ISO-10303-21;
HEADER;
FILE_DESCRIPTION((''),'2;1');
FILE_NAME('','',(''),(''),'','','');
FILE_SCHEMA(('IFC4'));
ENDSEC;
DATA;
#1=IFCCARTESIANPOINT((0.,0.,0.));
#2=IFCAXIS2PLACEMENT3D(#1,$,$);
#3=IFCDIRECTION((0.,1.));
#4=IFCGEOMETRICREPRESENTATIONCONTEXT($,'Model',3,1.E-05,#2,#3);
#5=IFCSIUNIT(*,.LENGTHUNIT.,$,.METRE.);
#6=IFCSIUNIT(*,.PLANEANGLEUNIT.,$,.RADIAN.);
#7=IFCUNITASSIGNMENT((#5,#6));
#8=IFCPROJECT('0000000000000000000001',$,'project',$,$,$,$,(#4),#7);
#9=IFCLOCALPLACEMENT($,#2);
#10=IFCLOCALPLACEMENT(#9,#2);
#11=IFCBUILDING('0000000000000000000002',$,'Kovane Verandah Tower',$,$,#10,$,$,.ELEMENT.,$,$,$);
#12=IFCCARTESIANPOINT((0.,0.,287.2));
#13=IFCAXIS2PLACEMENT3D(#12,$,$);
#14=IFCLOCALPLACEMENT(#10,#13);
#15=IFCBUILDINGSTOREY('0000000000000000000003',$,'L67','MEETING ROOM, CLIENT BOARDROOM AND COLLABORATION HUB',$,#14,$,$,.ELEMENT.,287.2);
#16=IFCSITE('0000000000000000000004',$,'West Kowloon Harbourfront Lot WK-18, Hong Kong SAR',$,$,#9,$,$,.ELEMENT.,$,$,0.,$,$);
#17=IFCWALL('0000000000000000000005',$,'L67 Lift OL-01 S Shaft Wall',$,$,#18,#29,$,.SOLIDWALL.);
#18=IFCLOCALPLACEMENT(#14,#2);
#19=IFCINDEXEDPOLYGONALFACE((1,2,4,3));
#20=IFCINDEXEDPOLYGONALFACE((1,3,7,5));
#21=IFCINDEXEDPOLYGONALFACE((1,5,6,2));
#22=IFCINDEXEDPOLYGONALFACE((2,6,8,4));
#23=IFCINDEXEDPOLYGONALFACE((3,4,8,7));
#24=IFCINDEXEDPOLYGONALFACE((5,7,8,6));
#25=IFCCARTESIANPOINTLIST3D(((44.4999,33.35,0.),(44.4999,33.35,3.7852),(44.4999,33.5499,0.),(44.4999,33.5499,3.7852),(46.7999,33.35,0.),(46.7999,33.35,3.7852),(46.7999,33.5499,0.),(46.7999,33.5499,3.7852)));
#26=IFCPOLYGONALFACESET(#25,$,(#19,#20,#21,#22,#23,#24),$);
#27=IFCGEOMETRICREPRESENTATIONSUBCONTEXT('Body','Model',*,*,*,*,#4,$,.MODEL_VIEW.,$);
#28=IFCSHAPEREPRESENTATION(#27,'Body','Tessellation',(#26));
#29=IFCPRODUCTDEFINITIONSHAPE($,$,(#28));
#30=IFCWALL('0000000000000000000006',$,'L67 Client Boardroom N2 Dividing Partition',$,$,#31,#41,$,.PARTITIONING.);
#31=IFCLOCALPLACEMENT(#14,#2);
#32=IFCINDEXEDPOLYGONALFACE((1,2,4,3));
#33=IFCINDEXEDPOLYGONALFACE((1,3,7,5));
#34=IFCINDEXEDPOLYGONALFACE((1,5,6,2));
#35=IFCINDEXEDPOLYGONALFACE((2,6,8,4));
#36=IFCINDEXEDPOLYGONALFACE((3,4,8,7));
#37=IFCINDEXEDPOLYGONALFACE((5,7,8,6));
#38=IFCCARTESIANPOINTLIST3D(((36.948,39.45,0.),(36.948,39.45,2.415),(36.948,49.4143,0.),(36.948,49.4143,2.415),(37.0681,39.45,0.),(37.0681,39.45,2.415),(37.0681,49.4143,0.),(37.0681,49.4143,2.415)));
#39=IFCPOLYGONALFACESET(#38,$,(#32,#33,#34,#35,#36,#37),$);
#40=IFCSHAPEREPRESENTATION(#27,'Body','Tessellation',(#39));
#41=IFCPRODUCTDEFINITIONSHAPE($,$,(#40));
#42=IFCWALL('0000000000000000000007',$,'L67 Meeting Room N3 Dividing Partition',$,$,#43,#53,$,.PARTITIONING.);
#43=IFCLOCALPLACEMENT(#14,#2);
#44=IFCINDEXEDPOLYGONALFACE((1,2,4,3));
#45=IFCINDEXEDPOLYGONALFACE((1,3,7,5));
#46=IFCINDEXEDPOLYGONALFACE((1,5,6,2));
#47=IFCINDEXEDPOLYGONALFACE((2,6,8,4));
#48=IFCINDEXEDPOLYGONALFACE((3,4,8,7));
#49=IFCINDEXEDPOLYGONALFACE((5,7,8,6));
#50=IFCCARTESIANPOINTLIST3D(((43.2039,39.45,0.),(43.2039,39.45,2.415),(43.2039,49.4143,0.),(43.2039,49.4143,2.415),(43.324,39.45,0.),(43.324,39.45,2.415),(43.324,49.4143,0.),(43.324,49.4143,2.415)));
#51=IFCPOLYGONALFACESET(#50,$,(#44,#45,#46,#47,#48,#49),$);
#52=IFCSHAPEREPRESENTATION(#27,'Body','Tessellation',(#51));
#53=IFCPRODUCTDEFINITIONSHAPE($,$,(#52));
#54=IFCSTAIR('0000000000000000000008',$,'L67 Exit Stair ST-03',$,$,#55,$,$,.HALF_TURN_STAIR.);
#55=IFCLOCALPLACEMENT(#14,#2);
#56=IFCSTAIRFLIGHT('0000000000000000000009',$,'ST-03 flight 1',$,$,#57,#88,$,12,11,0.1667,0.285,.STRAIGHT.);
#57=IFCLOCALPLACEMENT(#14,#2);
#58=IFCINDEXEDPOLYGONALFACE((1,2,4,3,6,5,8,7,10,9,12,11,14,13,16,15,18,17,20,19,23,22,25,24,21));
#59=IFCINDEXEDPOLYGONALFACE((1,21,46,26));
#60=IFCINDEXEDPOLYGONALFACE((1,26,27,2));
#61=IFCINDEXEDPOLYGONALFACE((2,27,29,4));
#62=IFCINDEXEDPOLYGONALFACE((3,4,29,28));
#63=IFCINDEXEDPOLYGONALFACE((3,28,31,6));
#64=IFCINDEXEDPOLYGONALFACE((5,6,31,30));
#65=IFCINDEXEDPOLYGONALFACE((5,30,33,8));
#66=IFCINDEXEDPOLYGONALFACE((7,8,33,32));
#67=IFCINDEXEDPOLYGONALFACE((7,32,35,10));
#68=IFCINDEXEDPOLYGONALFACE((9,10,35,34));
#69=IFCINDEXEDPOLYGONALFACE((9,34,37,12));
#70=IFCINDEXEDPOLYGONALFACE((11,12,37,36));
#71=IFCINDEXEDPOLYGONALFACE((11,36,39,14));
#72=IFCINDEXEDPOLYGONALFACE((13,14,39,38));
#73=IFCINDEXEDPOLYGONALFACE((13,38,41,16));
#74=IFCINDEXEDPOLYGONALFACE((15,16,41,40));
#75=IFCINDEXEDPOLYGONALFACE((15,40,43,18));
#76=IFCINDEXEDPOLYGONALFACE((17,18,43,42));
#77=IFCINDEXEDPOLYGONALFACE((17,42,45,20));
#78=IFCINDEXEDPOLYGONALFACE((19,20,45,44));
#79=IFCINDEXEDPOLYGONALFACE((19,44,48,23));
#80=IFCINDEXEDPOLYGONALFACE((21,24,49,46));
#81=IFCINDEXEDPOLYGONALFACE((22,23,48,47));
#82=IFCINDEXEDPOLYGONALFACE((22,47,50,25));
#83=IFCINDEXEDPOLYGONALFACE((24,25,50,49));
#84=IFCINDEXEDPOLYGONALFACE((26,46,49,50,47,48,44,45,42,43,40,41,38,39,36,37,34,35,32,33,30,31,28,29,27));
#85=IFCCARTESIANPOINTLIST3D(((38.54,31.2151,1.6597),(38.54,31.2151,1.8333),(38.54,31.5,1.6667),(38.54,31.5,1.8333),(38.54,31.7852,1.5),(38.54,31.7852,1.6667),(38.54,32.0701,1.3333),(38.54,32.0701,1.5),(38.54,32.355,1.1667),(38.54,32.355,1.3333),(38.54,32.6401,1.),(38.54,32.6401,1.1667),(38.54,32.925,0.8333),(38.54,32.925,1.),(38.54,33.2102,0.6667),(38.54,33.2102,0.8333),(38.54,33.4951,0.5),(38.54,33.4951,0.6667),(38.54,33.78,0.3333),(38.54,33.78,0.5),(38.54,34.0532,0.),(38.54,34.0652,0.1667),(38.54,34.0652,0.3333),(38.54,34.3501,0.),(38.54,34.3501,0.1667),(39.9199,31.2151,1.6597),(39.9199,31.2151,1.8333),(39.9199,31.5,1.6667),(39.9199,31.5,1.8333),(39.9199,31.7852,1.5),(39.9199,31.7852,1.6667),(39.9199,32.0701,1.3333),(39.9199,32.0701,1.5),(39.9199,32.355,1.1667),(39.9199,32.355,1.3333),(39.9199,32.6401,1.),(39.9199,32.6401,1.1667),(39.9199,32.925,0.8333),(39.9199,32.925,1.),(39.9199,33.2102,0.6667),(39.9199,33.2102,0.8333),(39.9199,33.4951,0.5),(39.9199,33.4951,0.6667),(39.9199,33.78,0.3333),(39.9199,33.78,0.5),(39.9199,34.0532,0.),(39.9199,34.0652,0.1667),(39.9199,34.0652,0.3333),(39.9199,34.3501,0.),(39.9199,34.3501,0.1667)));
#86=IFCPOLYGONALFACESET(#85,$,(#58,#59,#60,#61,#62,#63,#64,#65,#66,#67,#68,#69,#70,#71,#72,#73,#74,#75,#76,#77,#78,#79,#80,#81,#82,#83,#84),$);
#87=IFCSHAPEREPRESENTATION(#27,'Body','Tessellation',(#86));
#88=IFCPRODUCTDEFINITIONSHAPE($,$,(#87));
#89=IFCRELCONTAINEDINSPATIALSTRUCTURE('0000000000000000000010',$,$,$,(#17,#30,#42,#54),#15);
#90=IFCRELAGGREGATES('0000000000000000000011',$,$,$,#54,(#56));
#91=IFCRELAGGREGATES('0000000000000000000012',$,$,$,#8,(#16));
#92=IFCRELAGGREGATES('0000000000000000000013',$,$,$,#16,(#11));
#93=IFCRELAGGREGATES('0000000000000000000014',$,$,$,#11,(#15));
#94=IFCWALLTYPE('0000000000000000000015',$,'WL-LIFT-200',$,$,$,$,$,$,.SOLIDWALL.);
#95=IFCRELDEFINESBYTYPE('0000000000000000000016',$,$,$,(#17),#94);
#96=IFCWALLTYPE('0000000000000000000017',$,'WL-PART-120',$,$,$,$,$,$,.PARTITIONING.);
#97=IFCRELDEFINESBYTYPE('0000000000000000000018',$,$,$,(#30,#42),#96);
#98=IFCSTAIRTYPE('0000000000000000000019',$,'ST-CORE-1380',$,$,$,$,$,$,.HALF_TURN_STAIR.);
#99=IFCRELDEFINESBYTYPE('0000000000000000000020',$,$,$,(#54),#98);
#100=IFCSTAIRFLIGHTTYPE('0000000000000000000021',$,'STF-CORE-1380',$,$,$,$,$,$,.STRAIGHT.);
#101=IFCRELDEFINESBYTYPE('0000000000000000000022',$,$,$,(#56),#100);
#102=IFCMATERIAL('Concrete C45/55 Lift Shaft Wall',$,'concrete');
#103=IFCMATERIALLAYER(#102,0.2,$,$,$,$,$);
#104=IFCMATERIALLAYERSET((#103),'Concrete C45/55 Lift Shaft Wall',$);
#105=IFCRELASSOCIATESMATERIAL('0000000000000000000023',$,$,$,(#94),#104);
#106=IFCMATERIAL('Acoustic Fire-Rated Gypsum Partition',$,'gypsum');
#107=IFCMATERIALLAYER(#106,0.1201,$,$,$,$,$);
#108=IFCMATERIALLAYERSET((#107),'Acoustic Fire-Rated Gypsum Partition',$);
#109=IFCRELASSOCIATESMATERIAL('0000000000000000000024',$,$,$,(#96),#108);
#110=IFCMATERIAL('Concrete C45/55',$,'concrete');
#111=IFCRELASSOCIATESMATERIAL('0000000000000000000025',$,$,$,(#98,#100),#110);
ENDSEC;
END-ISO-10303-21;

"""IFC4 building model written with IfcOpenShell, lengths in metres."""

from ifc_helpers import new_model, si_unit, direction, frame, frame_2d, origin, place, context, subcontext, project, spatial, polyline, rectangle, outline, extrude, material, layer, layer_set, type_object, element, aggregate, save


model = new_model("IFC4")

# Units and contexts
model_context = context("Model", 3, precision=1e-05, world=origin(), true_north=direction((0.0, 1.0)))
body_context = subcontext(model_context, "Body", "Model", "MODEL_VIEW")
ifc_project = project(units=[si_unit("LENGTHUNIT", "METRE"), si_unit("PLANEANGLEUNIT", "RADIAN")], contexts=[model_context])

# Site, building, storey
site_placement = place(None, origin())
site = spatial("IfcSite", under=ifc_project, at=site_placement, Name="West Kowloon Harbourfront Lot WK-18, Hong Kong SAR", CompositionType="ELEMENT", RefElevation=0.0)
building_placement = place(site_placement, origin())
building = spatial("IfcBuilding", under=site, at=building_placement, Name="Kovane Verandah Tower", CompositionType="ELEMENT")
storey_placement = place(building_placement, frame((0.0, 0.0, 287.2)))
storey = spatial("IfcBuildingStorey", under=building, at=storey_placement, Name="L67", Description="MEETING ROOM, CLIENT BOARDROOM AND COLLABORATION HUB", CompositionType="ELEMENT", Elevation=287.2)

# Shared definitions
ifc_material_1 = material(Name="Concrete C45/55 Lift Shaft Wall", Category="concrete")
ifc_layer_1 = layer(ifc_material_1, 0.2)
ifc_layer_set_1 = layer_set([ifc_layer_1], Name="Concrete C45/55 Lift Shaft Wall")
wall_type_1 = type_object("IfcWallType", Name="WL-LIFT-200", PredefinedType="SOLIDWALL", material=ifc_layer_set_1)

# Walls
wall_1_placement = place(storey_placement, frame((44.5, 33.45, 0.0), z_axis=(0.0, 0.0, 1.0), x_axis=(1.0, 0.0, 0.0)))
element("IfcWall", 1, at=wall_1_placement, inside=storey, type_object=wall_type_1, Name="L67 Lift OL-01 S Shaft Wall", PredefinedType="SOLIDWALL", context=body_context, shape_type="SweptSolid", body=[
    extrude(rectangle(XDim=2.3, YDim=0.2, at=frame_2d((1.1499, 0.0))), origin(), (0.0, 0.0, 1.0), 3.7852),
])
ifc_material_2 = material(Name="Acoustic Fire-Rated Gypsum Partition", Category="gypsum")
ifc_layer_2 = layer(ifc_material_2, 0.1201)
ifc_layer_set_2 = layer_set([ifc_layer_2], Name="Acoustic Fire-Rated Gypsum Partition")
wall_type_2 = type_object("IfcWallType", Name="WL-PART-120", PredefinedType="PARTITIONING", material=ifc_layer_set_2)
for number, where, z_axis, x_axis, name in (
    (2, (37.0081, 39.45, 0.0), (0.0, 0.0, 1.0), (0.0, 1.0, 0.0), "L67 Client Boardroom N2 Dividing Partition"),
    (3, (43.2639, 39.45, 0.0), (0.0, 0.0, 1.0), (0.0, 1.0, 0.0), "L67 Meeting Room N3 Dividing Partition"),
):
    element("IfcWall", number, at=place(storey_placement, frame(where, z_axis=z_axis, x_axis=x_axis)), inside=storey, type_object=wall_type_2, Name=name, PredefinedType="PARTITIONING", context=body_context, shape_type="SweptSolid", body=[
        extrude(rectangle(XDim=9.9644, YDim=0.1201, at=frame_2d((4.9822, 0.0))), origin(), (0.0, 0.0, 1.0), 2.415),
    ])

# Stair, stair flight
ifc_material_3 = material(Name="Concrete C45/55", Category="concrete")
stair_type = type_object("IfcStairType", Name="ST-CORE-1380", PredefinedType="HALF_TURN_STAIR", material=ifc_material_3)
stair_placement = place(storey_placement, origin())
stair = element("IfcStair", 4, at=stair_placement, inside=storey, type_object=stair_type, Name="L67 Exit Stair ST-03", PredefinedType="HALF_TURN_STAIR")
stair_flight_type = type_object("IfcStairFlightType", Name="STF-CORE-1380", PredefinedType="STRAIGHT", material=ifc_material_3)
stair_flight_placement = place(storey_placement, frame((39.23, 34.3501, 0.0), z_axis=(0.0, 0.0, 1.0), x_axis=(0.0, -1.0, 0.0)))
stair_flight = element("IfcStairFlight", 5, at=stair_flight_placement, type_object=stair_flight_type, Name="ST-03 flight 1", NumberOfRisers=12, NumberOfTreads=11, PredefinedType="STRAIGHT", RiserHeight=0.1667, TreadLength=0.285, context=body_context, shape_type="SweptSolid", body=[
    extrude(outline(polyline([(0.0, 0.0), (0.0, 0.1667), (0.2849, 0.1667), (0.2849, 0.3333), (0.5701, 0.3333), (0.5701, 0.5), (0.855, 0.5), (0.855, 0.6667), (1.1399, 0.6667), (1.1399, 0.8333), (1.425, 0.8333), (1.425, 1.0), (1.71, 1.0), (1.71, 1.1667), (1.9951, 1.1667), (1.9951, 1.3333), (2.28, 1.3333), (2.28, 1.5), (2.5649, 1.5), (2.5649, 1.6667), (2.8501, 1.6667), (2.8501, 1.8333), (3.135, 1.8333), (3.135, 2.0), (3.135, 1.6597), (0.2969, 0.0), (0.0, 0.0)])), frame((0.0, 0.6899, 0.0), z_axis=(0.0, -1.0, 0.0), x_axis=(1.0, 0.0, 0.0)), (0.0, 0.0, 1.0), 1.3799),
])
aggregate(stair, [stair_flight])

save(model, "model.ifc")
